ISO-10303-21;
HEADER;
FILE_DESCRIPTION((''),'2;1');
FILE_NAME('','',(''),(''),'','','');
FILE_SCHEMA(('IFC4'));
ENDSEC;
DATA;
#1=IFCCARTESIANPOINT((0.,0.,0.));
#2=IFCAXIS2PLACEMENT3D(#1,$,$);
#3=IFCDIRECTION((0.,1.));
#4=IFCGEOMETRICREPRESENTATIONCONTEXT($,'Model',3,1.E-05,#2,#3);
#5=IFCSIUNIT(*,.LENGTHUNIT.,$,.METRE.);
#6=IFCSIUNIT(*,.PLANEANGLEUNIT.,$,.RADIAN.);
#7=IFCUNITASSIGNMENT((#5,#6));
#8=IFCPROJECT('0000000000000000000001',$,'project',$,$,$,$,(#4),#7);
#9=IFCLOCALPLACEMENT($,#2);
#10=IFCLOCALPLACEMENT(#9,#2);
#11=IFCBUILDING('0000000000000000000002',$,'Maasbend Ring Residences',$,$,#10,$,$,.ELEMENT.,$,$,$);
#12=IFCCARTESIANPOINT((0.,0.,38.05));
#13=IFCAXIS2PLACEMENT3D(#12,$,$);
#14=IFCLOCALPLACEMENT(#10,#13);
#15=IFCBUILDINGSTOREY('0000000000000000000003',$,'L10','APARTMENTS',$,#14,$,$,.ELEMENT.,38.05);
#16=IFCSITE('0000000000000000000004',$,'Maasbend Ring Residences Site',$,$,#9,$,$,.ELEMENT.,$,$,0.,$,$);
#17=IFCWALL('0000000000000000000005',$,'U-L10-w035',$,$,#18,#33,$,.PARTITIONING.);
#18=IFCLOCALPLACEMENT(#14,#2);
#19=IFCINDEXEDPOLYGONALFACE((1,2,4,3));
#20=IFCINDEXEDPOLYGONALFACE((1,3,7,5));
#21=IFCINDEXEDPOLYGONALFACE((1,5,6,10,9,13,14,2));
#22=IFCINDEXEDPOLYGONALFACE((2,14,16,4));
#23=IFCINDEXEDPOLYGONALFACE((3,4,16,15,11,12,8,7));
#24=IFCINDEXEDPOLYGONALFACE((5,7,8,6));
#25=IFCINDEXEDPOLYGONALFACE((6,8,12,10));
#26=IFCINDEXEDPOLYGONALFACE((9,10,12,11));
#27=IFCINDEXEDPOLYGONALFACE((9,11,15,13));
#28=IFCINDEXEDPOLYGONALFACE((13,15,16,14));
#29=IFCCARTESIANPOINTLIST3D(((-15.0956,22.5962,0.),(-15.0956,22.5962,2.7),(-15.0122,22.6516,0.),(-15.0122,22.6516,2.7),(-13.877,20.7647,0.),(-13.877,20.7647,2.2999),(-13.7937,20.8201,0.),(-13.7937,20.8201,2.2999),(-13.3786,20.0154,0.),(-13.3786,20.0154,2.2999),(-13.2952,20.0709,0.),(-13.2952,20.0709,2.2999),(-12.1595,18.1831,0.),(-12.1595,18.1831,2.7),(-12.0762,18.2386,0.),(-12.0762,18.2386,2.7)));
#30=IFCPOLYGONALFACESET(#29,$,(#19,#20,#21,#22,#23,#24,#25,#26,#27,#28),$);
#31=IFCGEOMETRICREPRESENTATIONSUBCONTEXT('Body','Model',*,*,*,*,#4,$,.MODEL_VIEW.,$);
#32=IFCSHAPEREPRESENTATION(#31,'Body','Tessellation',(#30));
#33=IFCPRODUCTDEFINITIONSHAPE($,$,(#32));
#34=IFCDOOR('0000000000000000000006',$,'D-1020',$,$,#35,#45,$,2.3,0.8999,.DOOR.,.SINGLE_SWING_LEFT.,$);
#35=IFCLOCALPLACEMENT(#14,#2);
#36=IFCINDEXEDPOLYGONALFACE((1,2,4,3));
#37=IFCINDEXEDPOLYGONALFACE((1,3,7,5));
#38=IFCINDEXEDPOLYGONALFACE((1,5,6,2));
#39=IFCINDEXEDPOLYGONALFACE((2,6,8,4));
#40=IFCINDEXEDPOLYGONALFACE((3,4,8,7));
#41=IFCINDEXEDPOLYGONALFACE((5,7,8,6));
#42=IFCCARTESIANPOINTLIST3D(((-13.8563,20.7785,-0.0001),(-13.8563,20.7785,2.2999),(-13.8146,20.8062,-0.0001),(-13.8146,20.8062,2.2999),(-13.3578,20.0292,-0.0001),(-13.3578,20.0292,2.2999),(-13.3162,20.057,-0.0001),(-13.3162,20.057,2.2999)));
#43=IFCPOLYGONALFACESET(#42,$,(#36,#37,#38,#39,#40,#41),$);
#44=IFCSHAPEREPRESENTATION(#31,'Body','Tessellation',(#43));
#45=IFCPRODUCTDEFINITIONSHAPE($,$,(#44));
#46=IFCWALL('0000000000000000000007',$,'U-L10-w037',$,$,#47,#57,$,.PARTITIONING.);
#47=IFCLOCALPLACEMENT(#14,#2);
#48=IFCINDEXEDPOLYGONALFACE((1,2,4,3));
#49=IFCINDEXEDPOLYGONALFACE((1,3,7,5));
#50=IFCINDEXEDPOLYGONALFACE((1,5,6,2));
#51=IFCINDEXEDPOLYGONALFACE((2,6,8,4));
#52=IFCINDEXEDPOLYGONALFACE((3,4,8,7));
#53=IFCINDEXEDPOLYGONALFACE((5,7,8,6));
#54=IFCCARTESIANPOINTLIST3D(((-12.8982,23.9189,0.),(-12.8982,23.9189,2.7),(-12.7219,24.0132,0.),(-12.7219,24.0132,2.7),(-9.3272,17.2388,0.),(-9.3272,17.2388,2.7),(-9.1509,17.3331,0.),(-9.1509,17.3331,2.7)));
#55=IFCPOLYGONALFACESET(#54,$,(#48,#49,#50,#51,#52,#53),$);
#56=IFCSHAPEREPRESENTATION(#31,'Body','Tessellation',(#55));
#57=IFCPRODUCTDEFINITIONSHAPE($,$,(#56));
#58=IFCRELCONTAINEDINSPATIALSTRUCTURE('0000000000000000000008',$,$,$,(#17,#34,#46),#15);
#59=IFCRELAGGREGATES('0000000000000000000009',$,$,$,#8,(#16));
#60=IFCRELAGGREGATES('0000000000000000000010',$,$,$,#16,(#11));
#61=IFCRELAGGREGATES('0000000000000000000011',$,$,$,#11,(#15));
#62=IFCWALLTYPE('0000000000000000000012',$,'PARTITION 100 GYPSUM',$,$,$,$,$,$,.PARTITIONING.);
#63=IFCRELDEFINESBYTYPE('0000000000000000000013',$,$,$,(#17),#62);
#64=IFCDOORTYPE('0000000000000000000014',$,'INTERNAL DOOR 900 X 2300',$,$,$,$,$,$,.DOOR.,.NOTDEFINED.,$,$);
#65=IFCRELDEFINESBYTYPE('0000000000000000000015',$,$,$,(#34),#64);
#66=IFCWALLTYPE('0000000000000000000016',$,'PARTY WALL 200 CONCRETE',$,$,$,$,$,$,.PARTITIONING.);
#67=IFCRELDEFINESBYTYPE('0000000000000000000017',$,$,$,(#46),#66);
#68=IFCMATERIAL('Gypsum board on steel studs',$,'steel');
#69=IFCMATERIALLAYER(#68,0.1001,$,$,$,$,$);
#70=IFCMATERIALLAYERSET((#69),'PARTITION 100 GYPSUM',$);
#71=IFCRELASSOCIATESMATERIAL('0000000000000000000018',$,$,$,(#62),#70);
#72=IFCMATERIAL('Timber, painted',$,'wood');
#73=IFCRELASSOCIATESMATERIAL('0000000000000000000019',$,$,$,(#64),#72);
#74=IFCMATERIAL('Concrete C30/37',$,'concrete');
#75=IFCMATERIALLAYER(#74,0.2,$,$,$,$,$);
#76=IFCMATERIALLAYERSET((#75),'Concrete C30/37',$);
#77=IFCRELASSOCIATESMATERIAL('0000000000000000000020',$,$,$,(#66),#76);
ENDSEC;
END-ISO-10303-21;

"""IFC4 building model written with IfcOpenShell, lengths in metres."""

from ifc_helpers import new_model, si_unit, direction, frame, frame_2d, origin, place, context, subcontext, project, spatial, rectangle, extrude, material, layer, layer_set, type_object, element, fill, save


model = new_model("IFC4")

# Units and contexts
model_context = context("Model", 3, precision=1e-05, world=origin(), true_north=direction((0.0, 1.0)))
body_context = subcontext(model_context, "Body", "Model", "MODEL_VIEW")
ifc_project = project(units=[si_unit("LENGTHUNIT", "METRE"), si_unit("PLANEANGLEUNIT", "RADIAN")], contexts=[model_context])

# Site, building, storey
site_placement = place(None, origin())
site = spatial("IfcSite", under=ifc_project, at=site_placement, Name="Maasbend Ring Residences Site", CompositionType="ELEMENT", RefElevation=0.0)
building_placement = place(site_placement, origin())
building = spatial("IfcBuilding", under=site, at=building_placement, Name="Maasbend Ring Residences", CompositionType="ELEMENT")
storey_placement = place(building_placement, frame((0.0, 0.0, 38.05)))
storey = spatial("IfcBuildingStorey", under=building, at=storey_placement, Name="L10", Description="APARTMENTS", CompositionType="ELEMENT", Elevation=38.05)

# Shared definitions
ifc_material_1 = material(Name="Gypsum board on steel studs", Category="steel")
ifc_layer_1 = layer(ifc_material_1, 0.1001)
ifc_layer_set_1 = layer_set([ifc_layer_1], Name="PARTITION 100 GYPSUM")
wall_type_1 = type_object("IfcWallType", Name="PARTITION 100 GYPSUM", PredefinedType="PARTITIONING", material=ifc_layer_set_1)
ifc_material_2 = material(Name="Timber, painted", Category="wood")
door_type_1 = type_object("IfcDoorType", Name="INTERNAL DOOR 900 X 2300", OperationType="NOTDEFINED", PredefinedType="DOOR", material=ifc_material_2)

# Wall, opening, door
wall_1_placement = place(storey_placement, frame((-15.054, 22.624, 0.0), z_axis=(0.0, 0.0, 1.0), x_axis=(0.553913, -0.832574, 0.0)))
wall_1 = element("IfcWall", 1, at=wall_1_placement, inside=storey, type_object=wall_type_1, Name="U-L10-w035", PredefinedType="PARTITIONING", context=body_context, shape_type="SweptSolid", body=[
    extrude(rectangle(XDim=5.3005, YDim=0.1001, at=frame_2d((2.6504, 0.0))), origin(), (0.0, 0.0, 1.0), 2.7),
])
opening_1_placement = place(wall_1_placement, frame((2.2, 0.0, 0.0)))
opening_1 = element("IfcOpeningElement", 2, at=opening_1_placement, cuts=wall_1, PredefinedType="OPENING", context=body_context, shape_type="SweptSolid", body=[
    extrude(rectangle(XDim=0.8999, YDim=2.3, at=frame_2d((0.45, 1.1499))), frame((0.0, 0.0601, 0.0), z_axis=(0.0, -1.0, 0.0), x_axis=(1.0, 0.0, 0.0)), (0.0, 0.0, 1.0), 0.1201),
])
door_1_placement = place(opening_1_placement, origin())
door_1 = element("IfcDoor", 3, at=door_1_placement, inside=storey, type_object=door_type_1, Name="D-1020", OperationType="SINGLE_SWING_LEFT", OverallHeight=2.3, OverallWidth=0.8999, PredefinedType="DOOR", context=body_context, shape_type="SweptSolid", body=[
    extrude(rectangle(XDim=0.8999, YDim=2.3, at=frame_2d((0.45, 1.1499))), frame((0.0, 0.0249, 0.0), z_axis=(0.0, -1.0, 0.0), x_axis=(1.0, 0.0, 0.0)), (0.0, 0.0, 1.0), 0.05),
])
fill(opening_1, door_1)

# Wall
ifc_material_3 = material(Name="Concrete C30/37", Category="concrete")
ifc_layer_2 = layer(ifc_material_3, 0.2)
ifc_layer_set_2 = layer_set([ifc_layer_2], Name="Concrete C30/37")
wall_type_2 = type_object("IfcWallType", Name="PARTY WALL 200 CONCRETE", PredefinedType="PARTITIONING", material=ifc_layer_set_2)
wall_2_placement = place(storey_placement, frame((-12.8101, 23.9661, 0.0), z_axis=(0.0, 0.0, 1.0), x_axis=(0.47144, -0.881898, 0.0)))
element("IfcWall", 4, at=wall_2_placement, inside=storey, type_object=wall_type_2, Name="U-L10-w037", PredefinedType="PARTITIONING", context=body_context, shape_type="SweptSolid", body=[
    extrude(rectangle(XDim=7.5747, YDim=0.2, at=frame_2d((3.7874, 0.0))), origin(), (0.0, 0.0, 1.0), 2.7),
])

save(model, "model.ifc")
